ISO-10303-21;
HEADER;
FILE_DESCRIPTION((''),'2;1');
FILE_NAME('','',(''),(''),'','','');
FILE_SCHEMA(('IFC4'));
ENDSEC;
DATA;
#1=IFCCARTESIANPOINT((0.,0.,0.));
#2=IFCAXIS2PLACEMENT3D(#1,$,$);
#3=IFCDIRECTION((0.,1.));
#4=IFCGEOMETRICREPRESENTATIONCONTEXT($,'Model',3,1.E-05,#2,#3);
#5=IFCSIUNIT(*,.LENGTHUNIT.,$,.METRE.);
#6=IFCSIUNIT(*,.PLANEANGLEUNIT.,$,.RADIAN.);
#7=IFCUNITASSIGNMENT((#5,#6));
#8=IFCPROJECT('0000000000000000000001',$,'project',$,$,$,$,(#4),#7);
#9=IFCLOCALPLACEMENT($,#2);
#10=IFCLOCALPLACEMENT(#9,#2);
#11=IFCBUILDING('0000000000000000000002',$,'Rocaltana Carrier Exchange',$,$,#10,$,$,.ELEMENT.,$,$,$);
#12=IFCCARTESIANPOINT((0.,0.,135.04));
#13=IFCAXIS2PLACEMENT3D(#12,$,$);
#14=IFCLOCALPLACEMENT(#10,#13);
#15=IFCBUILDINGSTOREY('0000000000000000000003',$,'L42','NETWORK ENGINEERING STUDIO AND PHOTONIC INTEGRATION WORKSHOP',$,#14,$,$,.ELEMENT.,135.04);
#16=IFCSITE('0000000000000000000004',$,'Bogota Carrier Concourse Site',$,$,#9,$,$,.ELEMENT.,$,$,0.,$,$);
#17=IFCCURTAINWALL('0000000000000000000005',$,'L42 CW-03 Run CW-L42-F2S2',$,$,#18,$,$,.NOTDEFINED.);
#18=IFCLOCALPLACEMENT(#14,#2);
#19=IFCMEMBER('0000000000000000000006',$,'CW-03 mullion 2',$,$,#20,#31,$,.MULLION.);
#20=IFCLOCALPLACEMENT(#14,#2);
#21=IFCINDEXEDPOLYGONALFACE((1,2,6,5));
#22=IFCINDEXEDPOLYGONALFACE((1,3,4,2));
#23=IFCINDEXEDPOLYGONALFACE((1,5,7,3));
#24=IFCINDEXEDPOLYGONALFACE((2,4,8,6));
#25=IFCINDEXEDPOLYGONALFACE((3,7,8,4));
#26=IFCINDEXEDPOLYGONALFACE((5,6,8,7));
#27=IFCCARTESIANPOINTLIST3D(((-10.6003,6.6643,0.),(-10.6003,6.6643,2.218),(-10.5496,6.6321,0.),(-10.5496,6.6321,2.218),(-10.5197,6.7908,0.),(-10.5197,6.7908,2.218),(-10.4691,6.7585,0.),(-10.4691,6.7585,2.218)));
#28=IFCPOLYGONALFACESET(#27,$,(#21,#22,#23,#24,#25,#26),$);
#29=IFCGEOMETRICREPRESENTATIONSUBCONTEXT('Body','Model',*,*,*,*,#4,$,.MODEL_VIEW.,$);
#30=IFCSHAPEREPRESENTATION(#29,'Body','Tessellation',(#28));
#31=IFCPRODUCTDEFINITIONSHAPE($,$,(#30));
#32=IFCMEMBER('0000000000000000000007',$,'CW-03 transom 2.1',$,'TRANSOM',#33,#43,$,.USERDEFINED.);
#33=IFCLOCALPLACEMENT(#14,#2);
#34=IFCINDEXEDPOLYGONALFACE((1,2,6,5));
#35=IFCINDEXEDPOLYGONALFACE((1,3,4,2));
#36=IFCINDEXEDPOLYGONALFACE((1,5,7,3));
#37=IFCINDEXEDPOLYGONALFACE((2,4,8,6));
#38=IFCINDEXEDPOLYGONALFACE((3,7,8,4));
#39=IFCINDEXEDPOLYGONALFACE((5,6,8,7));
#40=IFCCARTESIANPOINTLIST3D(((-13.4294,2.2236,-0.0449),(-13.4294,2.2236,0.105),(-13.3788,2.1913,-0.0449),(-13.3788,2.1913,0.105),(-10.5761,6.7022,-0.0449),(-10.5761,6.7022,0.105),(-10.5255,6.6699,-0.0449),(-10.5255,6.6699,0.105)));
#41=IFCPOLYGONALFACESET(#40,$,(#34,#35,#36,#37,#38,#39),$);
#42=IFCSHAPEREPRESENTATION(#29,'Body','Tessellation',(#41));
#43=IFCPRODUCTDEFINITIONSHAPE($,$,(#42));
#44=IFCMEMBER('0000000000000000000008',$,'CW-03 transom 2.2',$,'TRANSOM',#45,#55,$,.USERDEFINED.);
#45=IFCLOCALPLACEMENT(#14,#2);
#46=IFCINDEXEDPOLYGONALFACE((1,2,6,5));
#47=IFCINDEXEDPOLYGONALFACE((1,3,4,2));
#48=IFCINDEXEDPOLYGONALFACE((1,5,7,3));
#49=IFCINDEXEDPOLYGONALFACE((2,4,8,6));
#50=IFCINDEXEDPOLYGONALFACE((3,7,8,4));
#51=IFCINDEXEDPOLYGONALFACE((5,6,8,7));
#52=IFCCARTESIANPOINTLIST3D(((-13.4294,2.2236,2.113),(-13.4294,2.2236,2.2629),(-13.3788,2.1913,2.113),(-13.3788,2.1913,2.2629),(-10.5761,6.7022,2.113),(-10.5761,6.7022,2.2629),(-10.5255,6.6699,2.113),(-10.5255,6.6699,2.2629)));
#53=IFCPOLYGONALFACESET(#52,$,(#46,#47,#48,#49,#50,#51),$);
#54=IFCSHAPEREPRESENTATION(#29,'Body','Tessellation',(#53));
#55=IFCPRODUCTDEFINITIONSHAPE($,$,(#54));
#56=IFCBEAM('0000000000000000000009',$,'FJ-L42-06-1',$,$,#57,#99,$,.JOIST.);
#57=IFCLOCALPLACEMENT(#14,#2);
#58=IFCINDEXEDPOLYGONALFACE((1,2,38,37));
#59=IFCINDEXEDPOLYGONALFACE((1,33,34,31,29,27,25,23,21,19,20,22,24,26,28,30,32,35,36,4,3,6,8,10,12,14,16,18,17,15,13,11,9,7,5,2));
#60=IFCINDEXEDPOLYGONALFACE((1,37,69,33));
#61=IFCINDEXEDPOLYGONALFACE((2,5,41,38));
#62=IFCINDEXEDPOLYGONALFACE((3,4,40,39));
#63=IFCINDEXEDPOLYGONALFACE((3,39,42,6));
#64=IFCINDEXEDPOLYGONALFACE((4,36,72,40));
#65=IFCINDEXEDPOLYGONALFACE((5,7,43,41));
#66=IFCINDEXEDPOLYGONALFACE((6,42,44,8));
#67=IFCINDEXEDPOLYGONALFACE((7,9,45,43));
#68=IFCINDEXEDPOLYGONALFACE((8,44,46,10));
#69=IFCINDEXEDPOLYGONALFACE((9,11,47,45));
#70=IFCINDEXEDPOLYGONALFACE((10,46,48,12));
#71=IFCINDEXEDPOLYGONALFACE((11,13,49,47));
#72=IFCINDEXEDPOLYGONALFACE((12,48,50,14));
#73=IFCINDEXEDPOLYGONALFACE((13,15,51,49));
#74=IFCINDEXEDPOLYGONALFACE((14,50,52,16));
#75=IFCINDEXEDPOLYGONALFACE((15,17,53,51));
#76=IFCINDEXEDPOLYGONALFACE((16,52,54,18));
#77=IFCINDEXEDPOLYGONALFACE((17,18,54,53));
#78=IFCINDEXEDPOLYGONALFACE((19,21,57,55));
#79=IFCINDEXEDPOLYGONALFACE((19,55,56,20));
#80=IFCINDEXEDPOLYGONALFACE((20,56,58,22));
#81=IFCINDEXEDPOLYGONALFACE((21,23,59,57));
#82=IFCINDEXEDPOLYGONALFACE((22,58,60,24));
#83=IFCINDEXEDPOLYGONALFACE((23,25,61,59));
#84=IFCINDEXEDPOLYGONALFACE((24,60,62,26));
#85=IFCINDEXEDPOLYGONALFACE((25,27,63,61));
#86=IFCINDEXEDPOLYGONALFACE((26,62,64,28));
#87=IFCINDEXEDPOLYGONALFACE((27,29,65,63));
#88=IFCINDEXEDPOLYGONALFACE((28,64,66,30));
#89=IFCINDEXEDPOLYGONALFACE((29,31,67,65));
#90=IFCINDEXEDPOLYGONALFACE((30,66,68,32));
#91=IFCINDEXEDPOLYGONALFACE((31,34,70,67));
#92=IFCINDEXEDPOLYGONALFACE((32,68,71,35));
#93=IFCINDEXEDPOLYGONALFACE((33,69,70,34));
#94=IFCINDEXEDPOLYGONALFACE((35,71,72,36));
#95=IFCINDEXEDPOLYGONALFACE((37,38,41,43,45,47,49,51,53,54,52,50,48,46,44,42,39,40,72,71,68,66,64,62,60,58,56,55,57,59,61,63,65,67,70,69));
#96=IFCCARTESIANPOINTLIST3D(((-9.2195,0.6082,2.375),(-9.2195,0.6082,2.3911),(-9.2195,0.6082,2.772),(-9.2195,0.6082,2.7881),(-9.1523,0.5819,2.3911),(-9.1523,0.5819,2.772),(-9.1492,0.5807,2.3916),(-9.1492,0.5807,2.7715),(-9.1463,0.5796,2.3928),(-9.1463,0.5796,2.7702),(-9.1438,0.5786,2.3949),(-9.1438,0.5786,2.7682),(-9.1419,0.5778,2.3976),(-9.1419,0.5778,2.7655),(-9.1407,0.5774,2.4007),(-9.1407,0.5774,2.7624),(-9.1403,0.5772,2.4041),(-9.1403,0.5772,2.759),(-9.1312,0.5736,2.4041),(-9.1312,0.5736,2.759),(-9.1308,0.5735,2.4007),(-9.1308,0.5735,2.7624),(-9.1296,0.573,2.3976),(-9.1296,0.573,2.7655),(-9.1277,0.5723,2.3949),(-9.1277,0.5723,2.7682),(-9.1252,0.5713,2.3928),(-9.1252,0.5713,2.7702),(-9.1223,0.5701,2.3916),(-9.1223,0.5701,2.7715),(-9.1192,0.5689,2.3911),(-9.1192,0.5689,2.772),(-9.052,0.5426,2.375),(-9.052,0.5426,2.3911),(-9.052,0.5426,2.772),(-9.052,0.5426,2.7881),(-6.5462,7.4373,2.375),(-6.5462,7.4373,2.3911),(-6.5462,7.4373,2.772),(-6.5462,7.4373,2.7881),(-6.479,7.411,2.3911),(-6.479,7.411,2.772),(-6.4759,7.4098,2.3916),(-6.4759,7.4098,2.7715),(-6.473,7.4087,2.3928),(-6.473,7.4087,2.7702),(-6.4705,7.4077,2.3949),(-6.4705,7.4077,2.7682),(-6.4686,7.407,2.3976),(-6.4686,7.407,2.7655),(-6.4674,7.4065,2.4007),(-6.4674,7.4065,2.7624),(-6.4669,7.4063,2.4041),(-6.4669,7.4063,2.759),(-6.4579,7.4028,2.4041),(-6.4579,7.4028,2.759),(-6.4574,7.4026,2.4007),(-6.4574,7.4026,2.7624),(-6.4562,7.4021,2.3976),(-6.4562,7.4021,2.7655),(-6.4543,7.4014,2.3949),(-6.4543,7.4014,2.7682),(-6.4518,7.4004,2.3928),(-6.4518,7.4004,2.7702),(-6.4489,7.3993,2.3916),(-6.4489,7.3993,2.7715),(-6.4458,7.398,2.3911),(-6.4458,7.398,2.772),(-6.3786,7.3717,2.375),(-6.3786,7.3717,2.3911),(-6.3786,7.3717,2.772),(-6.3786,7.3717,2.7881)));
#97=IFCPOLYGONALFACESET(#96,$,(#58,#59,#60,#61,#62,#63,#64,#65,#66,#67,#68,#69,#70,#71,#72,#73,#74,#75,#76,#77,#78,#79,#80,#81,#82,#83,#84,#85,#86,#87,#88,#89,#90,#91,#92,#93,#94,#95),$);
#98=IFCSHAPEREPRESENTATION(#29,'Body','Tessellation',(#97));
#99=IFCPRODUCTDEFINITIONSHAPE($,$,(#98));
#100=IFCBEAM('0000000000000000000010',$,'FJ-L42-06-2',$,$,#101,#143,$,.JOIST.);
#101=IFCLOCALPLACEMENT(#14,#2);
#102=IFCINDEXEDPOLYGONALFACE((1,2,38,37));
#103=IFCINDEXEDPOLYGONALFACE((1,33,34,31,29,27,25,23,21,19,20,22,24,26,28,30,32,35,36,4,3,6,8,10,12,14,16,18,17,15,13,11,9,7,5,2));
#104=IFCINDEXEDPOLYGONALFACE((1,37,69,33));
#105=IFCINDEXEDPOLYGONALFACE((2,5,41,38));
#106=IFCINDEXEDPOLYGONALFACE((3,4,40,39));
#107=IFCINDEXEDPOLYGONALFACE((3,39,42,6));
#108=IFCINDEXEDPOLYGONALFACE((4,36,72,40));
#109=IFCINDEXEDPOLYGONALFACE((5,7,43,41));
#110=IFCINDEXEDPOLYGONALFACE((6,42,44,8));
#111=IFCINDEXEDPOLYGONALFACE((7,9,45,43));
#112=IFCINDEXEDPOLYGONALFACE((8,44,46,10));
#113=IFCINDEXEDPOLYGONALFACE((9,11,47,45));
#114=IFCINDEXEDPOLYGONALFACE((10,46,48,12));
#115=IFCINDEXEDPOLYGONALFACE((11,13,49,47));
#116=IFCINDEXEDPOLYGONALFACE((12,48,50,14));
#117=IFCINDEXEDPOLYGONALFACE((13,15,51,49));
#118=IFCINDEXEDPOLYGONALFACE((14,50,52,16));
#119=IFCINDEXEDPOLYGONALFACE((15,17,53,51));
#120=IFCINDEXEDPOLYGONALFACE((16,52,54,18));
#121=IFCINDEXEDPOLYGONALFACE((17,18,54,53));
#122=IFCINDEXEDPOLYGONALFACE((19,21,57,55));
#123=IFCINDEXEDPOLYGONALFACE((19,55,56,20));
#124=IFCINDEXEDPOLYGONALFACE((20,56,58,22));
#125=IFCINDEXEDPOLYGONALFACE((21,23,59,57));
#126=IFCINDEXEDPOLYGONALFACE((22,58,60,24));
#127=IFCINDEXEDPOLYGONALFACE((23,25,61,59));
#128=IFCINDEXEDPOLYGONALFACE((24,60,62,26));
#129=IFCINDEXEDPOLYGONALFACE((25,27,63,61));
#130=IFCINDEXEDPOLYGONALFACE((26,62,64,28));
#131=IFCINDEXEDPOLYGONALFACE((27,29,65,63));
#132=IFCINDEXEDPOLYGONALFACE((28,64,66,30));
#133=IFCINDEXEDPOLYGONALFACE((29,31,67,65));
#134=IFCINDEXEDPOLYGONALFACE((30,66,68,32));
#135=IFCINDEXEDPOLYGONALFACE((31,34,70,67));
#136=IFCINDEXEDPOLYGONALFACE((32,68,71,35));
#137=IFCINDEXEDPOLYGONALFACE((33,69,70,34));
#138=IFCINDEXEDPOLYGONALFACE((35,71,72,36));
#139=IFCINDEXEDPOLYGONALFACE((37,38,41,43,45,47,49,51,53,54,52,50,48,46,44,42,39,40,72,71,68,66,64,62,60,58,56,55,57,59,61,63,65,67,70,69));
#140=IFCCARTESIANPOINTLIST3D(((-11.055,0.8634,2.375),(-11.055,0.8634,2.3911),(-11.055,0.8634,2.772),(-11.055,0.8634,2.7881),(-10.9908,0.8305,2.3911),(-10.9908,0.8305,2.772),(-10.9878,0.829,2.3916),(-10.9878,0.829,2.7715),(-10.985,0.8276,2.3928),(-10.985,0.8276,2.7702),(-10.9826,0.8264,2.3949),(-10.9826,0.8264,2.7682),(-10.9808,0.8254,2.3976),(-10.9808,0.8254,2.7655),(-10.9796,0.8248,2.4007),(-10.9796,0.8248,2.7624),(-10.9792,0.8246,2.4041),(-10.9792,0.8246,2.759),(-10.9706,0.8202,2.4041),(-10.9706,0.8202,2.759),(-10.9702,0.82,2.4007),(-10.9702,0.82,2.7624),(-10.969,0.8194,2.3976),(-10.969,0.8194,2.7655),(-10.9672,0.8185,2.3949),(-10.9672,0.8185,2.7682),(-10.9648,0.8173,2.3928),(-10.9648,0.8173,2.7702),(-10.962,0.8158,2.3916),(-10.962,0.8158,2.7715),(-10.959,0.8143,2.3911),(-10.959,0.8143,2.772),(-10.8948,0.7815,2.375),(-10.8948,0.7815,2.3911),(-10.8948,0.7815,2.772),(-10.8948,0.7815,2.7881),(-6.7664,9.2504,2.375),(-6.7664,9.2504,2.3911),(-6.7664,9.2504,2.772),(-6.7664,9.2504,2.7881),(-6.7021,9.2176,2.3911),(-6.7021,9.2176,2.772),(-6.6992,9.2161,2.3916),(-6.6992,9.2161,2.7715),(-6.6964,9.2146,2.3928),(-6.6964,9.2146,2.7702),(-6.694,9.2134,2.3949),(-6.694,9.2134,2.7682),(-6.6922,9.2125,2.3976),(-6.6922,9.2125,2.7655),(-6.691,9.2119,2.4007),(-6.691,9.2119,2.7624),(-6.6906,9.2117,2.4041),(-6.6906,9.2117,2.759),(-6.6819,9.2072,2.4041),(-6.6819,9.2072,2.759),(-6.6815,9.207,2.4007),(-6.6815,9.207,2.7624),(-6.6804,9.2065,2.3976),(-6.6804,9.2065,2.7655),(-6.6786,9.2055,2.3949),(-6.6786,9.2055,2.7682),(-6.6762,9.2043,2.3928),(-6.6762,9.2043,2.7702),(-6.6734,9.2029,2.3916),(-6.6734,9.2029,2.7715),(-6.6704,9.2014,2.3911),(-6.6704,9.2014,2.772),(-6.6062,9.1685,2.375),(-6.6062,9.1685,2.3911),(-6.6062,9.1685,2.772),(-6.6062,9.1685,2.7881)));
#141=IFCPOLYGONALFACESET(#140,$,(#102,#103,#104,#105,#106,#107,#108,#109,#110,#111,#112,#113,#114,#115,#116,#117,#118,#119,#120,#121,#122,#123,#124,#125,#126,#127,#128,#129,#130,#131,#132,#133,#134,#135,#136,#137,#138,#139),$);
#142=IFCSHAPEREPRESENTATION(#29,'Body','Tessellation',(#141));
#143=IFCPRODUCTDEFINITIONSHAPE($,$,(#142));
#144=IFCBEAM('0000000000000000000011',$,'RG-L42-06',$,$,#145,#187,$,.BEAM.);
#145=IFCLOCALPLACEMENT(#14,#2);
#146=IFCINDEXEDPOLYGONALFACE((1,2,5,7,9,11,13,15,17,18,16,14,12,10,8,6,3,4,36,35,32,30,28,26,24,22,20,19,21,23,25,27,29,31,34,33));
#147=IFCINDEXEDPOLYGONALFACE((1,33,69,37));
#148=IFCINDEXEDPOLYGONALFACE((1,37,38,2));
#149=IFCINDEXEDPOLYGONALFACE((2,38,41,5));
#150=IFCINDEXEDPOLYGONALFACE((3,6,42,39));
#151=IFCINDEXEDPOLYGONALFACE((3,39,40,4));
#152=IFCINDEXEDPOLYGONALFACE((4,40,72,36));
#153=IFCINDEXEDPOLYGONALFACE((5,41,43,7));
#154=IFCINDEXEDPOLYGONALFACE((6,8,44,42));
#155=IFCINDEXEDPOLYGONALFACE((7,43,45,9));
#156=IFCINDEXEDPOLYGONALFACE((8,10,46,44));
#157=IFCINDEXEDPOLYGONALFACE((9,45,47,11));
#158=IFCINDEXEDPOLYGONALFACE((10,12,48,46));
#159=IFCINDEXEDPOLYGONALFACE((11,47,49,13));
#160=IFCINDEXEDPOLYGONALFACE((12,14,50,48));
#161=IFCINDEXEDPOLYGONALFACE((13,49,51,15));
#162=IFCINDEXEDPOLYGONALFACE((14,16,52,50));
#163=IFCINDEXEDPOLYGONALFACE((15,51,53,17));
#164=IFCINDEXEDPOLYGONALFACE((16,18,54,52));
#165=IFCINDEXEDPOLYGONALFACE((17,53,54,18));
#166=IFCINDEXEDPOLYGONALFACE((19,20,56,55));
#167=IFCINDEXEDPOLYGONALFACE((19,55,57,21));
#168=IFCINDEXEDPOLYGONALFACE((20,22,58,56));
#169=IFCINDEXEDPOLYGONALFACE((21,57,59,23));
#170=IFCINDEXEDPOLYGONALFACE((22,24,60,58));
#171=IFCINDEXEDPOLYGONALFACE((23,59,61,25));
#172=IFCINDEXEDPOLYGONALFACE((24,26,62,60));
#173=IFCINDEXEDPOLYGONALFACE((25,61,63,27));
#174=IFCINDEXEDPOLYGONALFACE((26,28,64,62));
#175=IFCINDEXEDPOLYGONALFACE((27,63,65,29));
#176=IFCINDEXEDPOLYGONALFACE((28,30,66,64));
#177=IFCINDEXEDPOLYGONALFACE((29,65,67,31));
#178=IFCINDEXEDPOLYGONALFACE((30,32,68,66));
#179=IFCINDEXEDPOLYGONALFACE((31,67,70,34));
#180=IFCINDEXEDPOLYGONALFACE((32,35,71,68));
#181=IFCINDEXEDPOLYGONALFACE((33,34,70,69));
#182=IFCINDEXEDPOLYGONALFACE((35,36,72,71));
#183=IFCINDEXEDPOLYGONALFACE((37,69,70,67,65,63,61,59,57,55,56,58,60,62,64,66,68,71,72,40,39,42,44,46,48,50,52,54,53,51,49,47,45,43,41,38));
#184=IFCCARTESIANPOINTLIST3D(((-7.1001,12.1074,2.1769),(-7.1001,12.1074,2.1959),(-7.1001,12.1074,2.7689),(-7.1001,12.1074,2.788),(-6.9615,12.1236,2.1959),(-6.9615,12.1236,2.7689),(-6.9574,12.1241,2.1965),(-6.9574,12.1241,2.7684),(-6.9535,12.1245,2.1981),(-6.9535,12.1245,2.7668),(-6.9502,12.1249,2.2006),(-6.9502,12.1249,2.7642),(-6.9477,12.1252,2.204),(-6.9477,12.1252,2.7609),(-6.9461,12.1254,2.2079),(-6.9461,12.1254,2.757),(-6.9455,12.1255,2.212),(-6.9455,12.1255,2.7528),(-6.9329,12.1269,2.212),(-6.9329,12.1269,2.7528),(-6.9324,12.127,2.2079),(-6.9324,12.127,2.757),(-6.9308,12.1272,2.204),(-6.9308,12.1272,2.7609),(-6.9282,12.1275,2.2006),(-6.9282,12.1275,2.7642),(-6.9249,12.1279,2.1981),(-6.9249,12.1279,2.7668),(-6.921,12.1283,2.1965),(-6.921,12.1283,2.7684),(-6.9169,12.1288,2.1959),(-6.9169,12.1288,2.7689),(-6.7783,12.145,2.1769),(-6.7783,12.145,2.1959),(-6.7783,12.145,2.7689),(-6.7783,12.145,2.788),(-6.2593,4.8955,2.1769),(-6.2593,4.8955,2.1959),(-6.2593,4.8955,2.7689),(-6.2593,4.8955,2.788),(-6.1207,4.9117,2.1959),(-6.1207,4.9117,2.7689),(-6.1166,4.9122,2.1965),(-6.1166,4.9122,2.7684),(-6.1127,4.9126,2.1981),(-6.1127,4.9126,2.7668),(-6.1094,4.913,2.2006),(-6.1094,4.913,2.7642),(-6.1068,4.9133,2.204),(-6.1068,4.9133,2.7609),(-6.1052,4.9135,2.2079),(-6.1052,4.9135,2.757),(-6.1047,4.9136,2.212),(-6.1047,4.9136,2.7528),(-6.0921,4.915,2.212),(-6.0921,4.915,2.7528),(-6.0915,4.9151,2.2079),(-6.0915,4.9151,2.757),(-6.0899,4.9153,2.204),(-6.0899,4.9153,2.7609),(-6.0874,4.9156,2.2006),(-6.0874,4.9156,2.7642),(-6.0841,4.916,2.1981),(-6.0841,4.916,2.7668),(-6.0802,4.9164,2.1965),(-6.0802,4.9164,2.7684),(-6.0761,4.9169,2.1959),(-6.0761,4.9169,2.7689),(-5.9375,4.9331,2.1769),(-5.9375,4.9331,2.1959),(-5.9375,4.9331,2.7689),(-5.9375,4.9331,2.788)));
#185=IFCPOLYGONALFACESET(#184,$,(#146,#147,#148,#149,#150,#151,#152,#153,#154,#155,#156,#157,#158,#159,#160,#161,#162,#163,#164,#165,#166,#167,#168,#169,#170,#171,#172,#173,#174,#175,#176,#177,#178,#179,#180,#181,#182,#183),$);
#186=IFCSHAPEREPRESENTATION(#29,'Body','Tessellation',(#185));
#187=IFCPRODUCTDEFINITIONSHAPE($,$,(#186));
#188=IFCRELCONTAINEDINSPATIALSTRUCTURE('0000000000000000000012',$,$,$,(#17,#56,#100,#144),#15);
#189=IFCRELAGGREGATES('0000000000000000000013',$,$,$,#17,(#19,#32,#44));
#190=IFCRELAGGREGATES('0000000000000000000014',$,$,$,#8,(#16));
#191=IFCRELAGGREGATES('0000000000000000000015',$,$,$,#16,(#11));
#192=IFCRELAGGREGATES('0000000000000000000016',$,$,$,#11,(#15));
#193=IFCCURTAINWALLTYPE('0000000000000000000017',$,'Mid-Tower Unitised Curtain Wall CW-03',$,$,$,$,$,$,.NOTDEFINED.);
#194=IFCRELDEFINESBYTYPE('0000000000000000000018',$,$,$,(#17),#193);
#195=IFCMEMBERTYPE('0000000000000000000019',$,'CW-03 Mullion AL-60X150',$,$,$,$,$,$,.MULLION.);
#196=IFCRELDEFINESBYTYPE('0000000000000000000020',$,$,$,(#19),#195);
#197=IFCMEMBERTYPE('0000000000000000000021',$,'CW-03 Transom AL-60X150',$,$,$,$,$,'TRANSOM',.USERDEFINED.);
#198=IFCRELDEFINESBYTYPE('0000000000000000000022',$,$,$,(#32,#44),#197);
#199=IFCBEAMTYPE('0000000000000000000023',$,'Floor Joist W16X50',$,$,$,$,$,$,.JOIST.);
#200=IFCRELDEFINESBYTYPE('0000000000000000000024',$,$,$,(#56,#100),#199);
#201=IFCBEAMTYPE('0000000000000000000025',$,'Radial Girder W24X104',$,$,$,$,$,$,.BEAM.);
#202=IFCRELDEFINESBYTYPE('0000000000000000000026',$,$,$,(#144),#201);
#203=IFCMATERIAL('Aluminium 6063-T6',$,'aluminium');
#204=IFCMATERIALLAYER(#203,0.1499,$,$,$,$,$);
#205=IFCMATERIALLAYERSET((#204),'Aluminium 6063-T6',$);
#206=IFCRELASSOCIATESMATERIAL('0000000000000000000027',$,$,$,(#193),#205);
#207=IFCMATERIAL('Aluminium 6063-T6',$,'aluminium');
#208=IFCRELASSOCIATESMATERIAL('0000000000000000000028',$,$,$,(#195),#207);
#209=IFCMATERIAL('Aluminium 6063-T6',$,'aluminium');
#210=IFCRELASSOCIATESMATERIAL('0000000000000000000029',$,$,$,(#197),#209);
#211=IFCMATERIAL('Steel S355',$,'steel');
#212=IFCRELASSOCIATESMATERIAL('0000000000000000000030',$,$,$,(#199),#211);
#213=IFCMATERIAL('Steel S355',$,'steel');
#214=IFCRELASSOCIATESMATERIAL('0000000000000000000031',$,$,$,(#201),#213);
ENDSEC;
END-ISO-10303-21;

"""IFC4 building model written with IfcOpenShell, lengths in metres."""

from ifc_helpers import new_model, si_unit, direction, frame, origin, origin_2d, place, context, subcontext, project, spatial, rectangle, i_section, extrude, material, layer, layer_set, material_profile, profile_set, type_object, element, aggregate, save


model = new_model("IFC4")

# Units and contexts
model_context = context("Model", 3, precision=1e-05, world=origin(), true_north=direction((0.0, 1.0)))
body_context = subcontext(model_context, "Body", "Model", "MODEL_VIEW")
ifc_project = project(units=[si_unit("LENGTHUNIT", "METRE"), si_unit("PLANEANGLEUNIT", "RADIAN")], contexts=[model_context])

# Site, building, storey
site_placement = place(None, origin())
site = spatial("IfcSite", under=ifc_project, at=site_placement, Name="Bogota Carrier Concourse Site", CompositionType="ELEMENT", RefElevation=0.0)
building_placement = place(site_placement, origin())
building = spatial("IfcBuilding", under=site, at=building_placement, Name="Rocaltana Carrier Exchange", CompositionType="ELEMENT")
storey_placement = place(building_placement, frame((0.0, 0.0, 135.04)))
storey = spatial("IfcBuildingStorey", under=building, at=storey_placement, Name="L42", Description="NETWORK ENGINEERING STUDIO AND PHOTONIC INTEGRATION WORKSHOP", CompositionType="ELEMENT", Elevation=135.04)

# Curtain wall, members
ifc_material_1 = material(Name="Aluminium 6063-T6", Category="aluminium")
ifc_layer_1 = layer(ifc_material_1, 0.1499)
ifc_layer_set_1 = layer_set([ifc_layer_1], Name="Aluminium 6063-T6")
curtain_wall_type = type_object("IfcCurtainWallType", Name="Mid-Tower Unitised Curtain Wall CW-03", PredefinedType="NOTDEFINED", material=ifc_layer_set_1)
curtain_wall_placement = place(storey_placement, origin())
curtain_wall = element("IfcCurtainWall", 1, at=curtain_wall_placement, inside=storey, type_object=curtain_wall_type, Name="L42 CW-03 Run CW-L42-F2S2", PredefinedType="NOTDEFINED")
ifc_material_2 = material(Name="Aluminium 6063-T6", Category="aluminium")
ifc_material_profile_1 = material_profile(ifc_material_2, rectangle(XDim=0.0601, YDim=0.1499, at=origin_2d()), Name="AL-60X150")
ifc_profile_set_1 = profile_set([ifc_material_profile_1], Name="Aluminium 6063-T6")
member_type_1 = type_object("IfcMemberType", Name="CW-03 Mullion AL-60X150", PredefinedType="MULLION", material=ifc_profile_set_1)
member_1_placement = place(storey_placement, frame((-10.5347, 6.7114, 0.0), z_axis=(0.0, 0.0, 1.0), x_axis=(0.843391, -0.537301, 0.0)))
member_1 = element("IfcMember", 2, at=member_1_placement, type_object=member_type_1, Name="CW-03 mullion 2", PredefinedType="MULLION", context=body_context, shape_type="SweptSolid", body=[
    extrude(rectangle(XDim=0.0601, YDim=0.1499, at=origin_2d()), origin(), (0.0, 0.0, 1.0), 2.218),
])
ifc_material_3 = material(Name="Aluminium 6063-T6", Category="aluminium")
ifc_material_profile_2 = material_profile(ifc_material_3, rectangle(XDim=0.0601, YDim=0.1499, at=origin_2d()), Name="AL-60X150")
ifc_profile_set_2 = profile_set([ifc_material_profile_2], Name="Aluminium 6063-T6")
member_type_2 = type_object("IfcMemberType", Name="CW-03 Transom AL-60X150", ElementType="TRANSOM", PredefinedType="USERDEFINED", material=ifc_profile_set_2)
member_2_placement = place(storey_placement, frame((-10.5508, 6.686, 0.03), z_axis=(-0.537319, -0.843379, 0.0), x_axis=(0.843379, -0.537319, 0.0)))
member_2 = element("IfcMember", 3, at=member_2_placement, type_object=member_type_2, Name="CW-03 transom 2.1", ObjectType="TRANSOM", PredefinedType="USERDEFINED", context=body_context, shape_type="SweptSolid", body=[
    extrude(rectangle(XDim=0.0601, YDim=0.1499, at=origin_2d()), origin(), (0.0, 0.0, 1.0), 5.3103),
])
member_3_placement = place(storey_placement, frame((-10.5508, 6.686, 2.188), z_axis=(-0.537319, -0.843379, 0.0), x_axis=(0.843379, -0.537319, 0.0)))
member_3 = element("IfcMember", 4, at=member_3_placement, type_object=member_type_2, Name="CW-03 transom 2.2", ObjectType="TRANSOM", PredefinedType="USERDEFINED", context=body_context, shape_type="SweptSolid", body=[
    extrude(rectangle(XDim=0.0601, YDim=0.1499, at=origin_2d()), origin(), (0.0, 0.0, 1.0), 5.3103),
])

# Beams
ifc_material_4 = material(Name="Steel S355", Category="steel")
ifc_material_profile_3 = material_profile(ifc_material_4, i_section(OverallWidth=0.1799, OverallDepth=0.4131, WebThickness=0.0098, FlangeThickness=0.0161, FilletRadius=0.0129, at=origin_2d()), Name="W16X50")
ifc_profile_set_3 = profile_set([ifc_material_profile_3], Name="Steel S355")
beam_type_1 = type_object("IfcBeamType", Name="Floor Joist W16X50", PredefinedType="JOIST", material=ifc_profile_set_3)
beam_1_placement = place(storey_placement, frame((-6.4624, 7.4045, 2.5815), z_axis=(-0.364527, -0.931193, 0.0), x_axis=(0.931193, -0.364527, 0.0)))
element("IfcBeam", 5, at=beam_1_placement, inside=storey, type_object=beam_type_1, Name="FJ-L42-06-1", PredefinedType="JOIST", context=body_context, shape_type="SweptSolid", body=[
    extrude(i_section(OverallWidth=0.1799, OverallDepth=0.4131, WebThickness=0.0098, FlangeThickness=0.0161, FilletRadius=0.0129, at=origin_2d()), origin(), (0.0, 0.0, 1.0), 7.3337),
])
beam_2_placement = place(storey_placement, frame((-6.6863, 9.2095, 2.5815), z_axis=(-0.455271, -0.890353, 0.0), x_axis=(0.890353, -0.455271, 0.0)))
element("IfcBeam", 6, at=beam_2_placement, inside=storey, type_object=beam_type_1, Name="FJ-L42-06-2", PredefinedType="JOIST", context=body_context, shape_type="SweptSolid", body=[
    extrude(i_section(OverallWidth=0.1799, OverallDepth=0.4131, WebThickness=0.0098, FlangeThickness=0.0161, FilletRadius=0.0129, at=origin_2d()), origin(), (0.0, 0.0, 1.0), 9.4199),
])
ifc_material_5 = material(Name="Steel S355", Category="steel")
ifc_material_profile_4 = material_profile(ifc_material_5, i_section(OverallWidth=0.324, OverallDepth=0.6111, WebThickness=0.0127, FlangeThickness=0.019, FilletRadius=0.0161, at=origin_2d()), Name="W24X104")
ifc_profile_set_4 = profile_set([ifc_material_profile_4], Name="Steel S355")
beam_type_2 = type_object("IfcBeamType", Name="Radial Girder W24X104", PredefinedType="BEAM", material=ifc_profile_set_4)
beam_3_placement = place(storey_placement, frame((-6.0984, 4.9143, 2.4824), z_axis=(-0.115803, 0.993272, 0.0), x_axis=(-0.993272, -0.115803, 0.0)))
element("IfcBeam", 7, at=beam_3_placement, inside=storey, type_object=beam_type_2, Name="RG-L42-06", PredefinedType="BEAM", context=body_context, shape_type="SweptSolid", body=[
    extrude(i_section(OverallWidth=0.324, OverallDepth=0.6111, WebThickness=0.0127, FlangeThickness=0.019, FilletRadius=0.0161, at=origin_2d()), origin(), (0.0, 0.0, 1.0), 7.2607),
])

aggregate(curtain_wall, [member_1, member_2, member_3])

save(model, "model.ifc")
